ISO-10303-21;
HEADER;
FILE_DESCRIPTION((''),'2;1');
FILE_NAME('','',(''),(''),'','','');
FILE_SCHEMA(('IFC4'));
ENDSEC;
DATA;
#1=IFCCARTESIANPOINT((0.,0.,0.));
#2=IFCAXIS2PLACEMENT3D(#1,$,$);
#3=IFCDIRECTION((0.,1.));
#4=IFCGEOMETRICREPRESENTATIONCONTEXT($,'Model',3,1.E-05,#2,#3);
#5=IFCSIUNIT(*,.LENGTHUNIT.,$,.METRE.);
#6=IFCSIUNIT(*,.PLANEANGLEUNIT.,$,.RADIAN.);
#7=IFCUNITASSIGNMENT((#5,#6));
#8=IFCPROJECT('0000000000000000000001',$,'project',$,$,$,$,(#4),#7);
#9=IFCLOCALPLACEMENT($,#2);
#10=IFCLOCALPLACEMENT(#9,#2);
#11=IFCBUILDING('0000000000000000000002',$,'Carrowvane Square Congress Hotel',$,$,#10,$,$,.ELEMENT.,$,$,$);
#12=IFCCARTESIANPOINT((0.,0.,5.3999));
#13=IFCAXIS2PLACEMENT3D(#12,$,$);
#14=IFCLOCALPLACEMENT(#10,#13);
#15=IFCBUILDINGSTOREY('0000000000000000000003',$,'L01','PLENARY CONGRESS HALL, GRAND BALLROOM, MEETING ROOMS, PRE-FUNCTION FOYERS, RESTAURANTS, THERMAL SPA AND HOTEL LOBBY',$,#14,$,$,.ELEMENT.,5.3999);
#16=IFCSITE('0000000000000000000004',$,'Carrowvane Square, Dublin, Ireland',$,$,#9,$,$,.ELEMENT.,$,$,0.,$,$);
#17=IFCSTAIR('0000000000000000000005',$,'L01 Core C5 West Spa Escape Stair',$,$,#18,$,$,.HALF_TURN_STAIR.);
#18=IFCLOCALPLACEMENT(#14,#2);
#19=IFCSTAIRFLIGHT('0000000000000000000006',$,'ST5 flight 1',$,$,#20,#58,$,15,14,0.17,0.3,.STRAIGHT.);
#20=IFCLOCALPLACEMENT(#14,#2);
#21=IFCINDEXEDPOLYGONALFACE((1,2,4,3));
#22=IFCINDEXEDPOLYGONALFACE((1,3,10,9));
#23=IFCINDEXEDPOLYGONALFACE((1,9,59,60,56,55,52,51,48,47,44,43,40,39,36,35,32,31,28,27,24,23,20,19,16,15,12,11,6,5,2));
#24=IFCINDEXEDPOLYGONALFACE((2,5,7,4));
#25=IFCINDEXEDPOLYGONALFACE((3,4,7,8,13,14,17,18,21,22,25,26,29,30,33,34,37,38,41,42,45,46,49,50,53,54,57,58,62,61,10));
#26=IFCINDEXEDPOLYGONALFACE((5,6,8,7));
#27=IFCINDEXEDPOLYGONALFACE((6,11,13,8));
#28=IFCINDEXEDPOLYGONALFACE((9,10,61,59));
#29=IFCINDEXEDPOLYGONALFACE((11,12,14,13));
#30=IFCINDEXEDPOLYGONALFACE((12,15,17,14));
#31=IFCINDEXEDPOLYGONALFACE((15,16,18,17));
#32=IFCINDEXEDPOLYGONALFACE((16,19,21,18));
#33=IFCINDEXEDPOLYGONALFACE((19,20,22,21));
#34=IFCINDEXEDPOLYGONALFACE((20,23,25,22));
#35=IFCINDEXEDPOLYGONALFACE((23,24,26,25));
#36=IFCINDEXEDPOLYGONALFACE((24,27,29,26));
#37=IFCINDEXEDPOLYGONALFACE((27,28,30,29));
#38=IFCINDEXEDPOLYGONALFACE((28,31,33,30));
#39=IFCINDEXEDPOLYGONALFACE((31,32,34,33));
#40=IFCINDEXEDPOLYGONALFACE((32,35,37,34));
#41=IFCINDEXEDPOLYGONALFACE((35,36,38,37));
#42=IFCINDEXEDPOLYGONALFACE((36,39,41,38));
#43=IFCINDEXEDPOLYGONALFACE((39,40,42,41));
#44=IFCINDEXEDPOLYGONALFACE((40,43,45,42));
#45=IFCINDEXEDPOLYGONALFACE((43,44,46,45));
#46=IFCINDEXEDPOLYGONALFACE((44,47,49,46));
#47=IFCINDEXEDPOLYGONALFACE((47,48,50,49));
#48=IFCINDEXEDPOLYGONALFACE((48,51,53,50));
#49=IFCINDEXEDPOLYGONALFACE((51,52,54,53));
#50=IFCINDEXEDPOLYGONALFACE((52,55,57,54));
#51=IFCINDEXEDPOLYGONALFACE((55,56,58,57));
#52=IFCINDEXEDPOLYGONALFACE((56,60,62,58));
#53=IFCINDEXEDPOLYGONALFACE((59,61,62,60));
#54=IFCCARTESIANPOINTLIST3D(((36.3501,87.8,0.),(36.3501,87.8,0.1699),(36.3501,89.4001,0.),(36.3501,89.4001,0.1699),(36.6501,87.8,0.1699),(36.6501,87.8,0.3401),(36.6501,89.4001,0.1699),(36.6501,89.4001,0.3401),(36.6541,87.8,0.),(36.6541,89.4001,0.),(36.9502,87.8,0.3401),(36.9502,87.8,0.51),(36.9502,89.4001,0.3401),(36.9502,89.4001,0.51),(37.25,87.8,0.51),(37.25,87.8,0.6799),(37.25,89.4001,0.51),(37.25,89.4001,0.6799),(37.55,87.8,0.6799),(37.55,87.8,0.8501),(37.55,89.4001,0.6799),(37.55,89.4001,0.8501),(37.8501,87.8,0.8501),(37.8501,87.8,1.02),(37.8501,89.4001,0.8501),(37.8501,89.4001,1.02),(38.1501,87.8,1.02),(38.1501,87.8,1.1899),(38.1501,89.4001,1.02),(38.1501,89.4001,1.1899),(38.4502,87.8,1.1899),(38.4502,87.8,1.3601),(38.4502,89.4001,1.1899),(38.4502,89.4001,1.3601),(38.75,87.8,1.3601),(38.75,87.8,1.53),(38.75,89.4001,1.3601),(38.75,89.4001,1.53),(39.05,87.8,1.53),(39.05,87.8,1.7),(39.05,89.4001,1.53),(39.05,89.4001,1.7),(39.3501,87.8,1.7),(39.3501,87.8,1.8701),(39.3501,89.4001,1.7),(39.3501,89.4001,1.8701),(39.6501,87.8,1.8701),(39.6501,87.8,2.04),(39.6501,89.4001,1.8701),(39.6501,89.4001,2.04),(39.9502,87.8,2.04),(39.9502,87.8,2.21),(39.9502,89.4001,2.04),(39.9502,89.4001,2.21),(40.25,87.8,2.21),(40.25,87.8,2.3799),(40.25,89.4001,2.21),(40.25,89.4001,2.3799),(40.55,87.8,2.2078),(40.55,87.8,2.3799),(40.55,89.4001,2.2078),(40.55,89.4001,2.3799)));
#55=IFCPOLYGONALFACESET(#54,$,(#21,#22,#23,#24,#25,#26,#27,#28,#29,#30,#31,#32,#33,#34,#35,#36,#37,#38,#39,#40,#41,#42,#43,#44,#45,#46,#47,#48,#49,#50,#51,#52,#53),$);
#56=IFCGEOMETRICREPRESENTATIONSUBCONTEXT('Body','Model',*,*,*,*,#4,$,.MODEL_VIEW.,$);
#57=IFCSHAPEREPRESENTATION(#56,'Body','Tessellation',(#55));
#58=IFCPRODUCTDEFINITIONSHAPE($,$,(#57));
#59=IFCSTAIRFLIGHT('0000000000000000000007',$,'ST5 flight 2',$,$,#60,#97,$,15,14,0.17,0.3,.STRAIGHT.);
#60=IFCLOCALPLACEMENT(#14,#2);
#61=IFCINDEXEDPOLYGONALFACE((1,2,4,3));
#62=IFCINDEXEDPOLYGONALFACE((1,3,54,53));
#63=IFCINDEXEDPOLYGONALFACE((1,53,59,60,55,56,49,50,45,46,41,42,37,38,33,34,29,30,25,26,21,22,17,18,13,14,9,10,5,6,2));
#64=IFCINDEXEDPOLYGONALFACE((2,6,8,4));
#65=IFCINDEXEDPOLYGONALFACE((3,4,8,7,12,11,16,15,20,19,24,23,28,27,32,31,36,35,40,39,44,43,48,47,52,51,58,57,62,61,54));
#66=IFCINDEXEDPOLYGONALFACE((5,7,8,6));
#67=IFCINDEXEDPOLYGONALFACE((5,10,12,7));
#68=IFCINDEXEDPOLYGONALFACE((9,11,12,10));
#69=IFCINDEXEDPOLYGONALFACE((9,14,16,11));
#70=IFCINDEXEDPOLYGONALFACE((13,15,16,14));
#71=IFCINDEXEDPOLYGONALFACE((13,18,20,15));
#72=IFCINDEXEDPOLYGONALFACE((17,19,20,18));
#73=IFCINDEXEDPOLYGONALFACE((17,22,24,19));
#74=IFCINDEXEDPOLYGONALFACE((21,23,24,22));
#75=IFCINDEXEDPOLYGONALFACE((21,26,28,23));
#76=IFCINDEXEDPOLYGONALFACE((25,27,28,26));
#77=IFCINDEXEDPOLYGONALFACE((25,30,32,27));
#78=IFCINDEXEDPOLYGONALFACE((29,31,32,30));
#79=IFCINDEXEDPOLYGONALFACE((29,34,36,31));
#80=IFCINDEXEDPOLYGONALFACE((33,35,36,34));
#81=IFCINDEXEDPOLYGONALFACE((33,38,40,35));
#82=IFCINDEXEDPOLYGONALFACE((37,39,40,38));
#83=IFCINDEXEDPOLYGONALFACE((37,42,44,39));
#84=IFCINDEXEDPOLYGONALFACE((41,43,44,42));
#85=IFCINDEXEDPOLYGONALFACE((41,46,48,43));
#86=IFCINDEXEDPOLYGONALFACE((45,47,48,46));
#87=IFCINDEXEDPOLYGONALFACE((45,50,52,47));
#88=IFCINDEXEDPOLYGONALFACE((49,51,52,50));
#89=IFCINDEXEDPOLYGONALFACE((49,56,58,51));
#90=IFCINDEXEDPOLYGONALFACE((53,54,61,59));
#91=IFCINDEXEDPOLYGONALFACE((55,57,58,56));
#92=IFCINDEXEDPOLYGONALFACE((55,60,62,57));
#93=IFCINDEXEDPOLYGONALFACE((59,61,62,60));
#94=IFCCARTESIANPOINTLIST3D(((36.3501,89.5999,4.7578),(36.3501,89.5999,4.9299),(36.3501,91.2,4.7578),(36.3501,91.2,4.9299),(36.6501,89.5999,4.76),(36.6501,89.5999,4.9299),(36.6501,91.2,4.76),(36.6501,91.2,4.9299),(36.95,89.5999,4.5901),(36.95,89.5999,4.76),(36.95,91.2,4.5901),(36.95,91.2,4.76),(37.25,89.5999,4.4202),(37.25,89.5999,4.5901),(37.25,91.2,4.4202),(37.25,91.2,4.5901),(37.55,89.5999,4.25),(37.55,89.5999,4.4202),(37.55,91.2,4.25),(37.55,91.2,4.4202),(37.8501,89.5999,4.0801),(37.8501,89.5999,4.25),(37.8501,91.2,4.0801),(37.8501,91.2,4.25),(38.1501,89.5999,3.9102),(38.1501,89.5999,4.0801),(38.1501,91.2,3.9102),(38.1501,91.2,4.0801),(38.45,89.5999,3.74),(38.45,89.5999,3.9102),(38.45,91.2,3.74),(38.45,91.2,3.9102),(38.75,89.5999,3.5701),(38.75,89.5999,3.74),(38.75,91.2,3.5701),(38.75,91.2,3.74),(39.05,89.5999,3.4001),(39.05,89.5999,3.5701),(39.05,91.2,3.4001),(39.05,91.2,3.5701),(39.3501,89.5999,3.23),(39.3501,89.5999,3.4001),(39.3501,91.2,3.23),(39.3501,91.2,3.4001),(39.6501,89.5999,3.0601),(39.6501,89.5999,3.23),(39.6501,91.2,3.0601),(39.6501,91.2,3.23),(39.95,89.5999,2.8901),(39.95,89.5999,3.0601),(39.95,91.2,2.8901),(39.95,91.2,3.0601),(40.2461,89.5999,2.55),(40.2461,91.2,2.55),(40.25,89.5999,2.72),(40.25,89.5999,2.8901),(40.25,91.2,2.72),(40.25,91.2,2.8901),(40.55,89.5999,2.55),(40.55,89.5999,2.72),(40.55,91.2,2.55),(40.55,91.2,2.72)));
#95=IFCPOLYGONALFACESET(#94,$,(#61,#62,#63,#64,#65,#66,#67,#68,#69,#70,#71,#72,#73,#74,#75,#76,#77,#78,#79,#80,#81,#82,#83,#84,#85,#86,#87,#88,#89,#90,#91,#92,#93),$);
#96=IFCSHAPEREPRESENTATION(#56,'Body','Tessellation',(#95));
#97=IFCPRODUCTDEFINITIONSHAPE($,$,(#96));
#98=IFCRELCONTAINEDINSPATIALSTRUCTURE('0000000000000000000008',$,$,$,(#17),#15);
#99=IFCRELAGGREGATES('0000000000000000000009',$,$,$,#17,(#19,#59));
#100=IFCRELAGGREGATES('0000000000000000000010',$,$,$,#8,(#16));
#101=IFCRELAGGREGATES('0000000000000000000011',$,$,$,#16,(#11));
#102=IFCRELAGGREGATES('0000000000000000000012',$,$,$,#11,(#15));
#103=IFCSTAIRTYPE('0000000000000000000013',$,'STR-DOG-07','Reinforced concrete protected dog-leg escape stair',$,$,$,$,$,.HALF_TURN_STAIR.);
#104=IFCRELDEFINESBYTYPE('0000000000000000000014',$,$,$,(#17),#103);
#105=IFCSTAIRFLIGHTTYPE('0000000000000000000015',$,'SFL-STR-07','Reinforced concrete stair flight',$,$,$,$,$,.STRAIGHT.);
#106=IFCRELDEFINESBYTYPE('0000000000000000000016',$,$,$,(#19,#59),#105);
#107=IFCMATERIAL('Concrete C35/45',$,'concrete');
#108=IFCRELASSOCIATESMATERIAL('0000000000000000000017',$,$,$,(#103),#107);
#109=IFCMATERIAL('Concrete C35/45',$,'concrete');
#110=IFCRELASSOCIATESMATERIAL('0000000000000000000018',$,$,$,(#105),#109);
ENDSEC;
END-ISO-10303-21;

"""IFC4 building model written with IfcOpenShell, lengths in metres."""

from ifc_helpers import new_model, si_unit, direction, frame, origin, place, context, subcontext, project, spatial, polyline, outline, extrude, material, type_object, element, aggregate, save


model = new_model("IFC4")

# Units and contexts
model_context = context("Model", 3, precision=1e-05, world=origin(), true_north=direction((0.0, 1.0)))
body_context = subcontext(model_context, "Body", "Model", "MODEL_VIEW")
ifc_project = project(units=[si_unit("LENGTHUNIT", "METRE"), si_unit("PLANEANGLEUNIT", "RADIAN")], contexts=[model_context])

# Site, building, storey
site_placement = place(None, origin())
site = spatial("IfcSite", under=ifc_project, at=site_placement, Name="Carrowvane Square, Dublin, Ireland", CompositionType="ELEMENT", RefElevation=0.0)
building_placement = place(site_placement, origin())
building = spatial("IfcBuilding", under=site, at=building_placement, Name="Carrowvane Square Congress Hotel", CompositionType="ELEMENT")
storey_placement = place(building_placement, frame((0.0, 0.0, 5.3999)))
storey = spatial("IfcBuildingStorey", under=building, at=storey_placement, Name="L01", Description="PLENARY CONGRESS HALL, GRAND BALLROOM, MEETING ROOMS, PRE-FUNCTION FOYERS, RESTAURANTS, THERMAL SPA AND HOTEL LOBBY", CompositionType="ELEMENT", Elevation=5.3999)

# Stair, stair flights
ifc_material_1 = material(Name="Concrete C35/45", Category="concrete")
stair_type = type_object("IfcStairType", Name="STR-DOG-07", Description="Reinforced concrete protected dog-leg escape stair", PredefinedType="HALF_TURN_STAIR", material=ifc_material_1)
stair_placement = place(storey_placement, origin())
stair = element("IfcStair", 1, at=stair_placement, inside=storey, type_object=stair_type, Name="L01 Core C5 West Spa Escape Stair", PredefinedType="HALF_TURN_STAIR")
ifc_material_2 = material(Name="Concrete C35/45", Category="concrete")
stair_flight_type = type_object("IfcStairFlightType", Name="SFL-STR-07", Description="Reinforced concrete stair flight", PredefinedType="STRAIGHT", material=ifc_material_2)
stair_flight_1_placement = place(storey_placement, frame((36.3501, 88.6001, 0.0), z_axis=(0.0, 0.0, 1.0), x_axis=(1.0, 0.0, 0.0)))
stair_flight_1 = element("IfcStairFlight", 2, at=stair_flight_1_placement, type_object=stair_flight_type, Name="ST5 flight 1", NumberOfRisers=15, NumberOfTreads=14, PredefinedType="STRAIGHT", RiserHeight=0.17, TreadLength=0.3, context=body_context, shape_type="SweptSolid", body=[
    extrude(outline(polyline([(0.0, 0.0), (0.0, 0.1699), (0.3, 0.1699), (0.3, 0.3401), (0.6001, 0.3401), (0.6001, 0.51), (0.8999, 0.51), (0.8999, 0.6799), (1.2, 0.6799), (1.2, 0.8501), (1.5, 0.8501), (1.5, 1.02), (1.8, 1.02), (1.8, 1.1899), (2.1001, 1.1899), (2.1001, 1.3601), (2.3999, 1.3601), (2.3999, 1.53), (2.7, 1.53), (2.7, 1.7), (3.0, 1.7), (3.0, 1.8701), (3.3, 1.8701), (3.3, 2.04), (3.6001, 2.04), (3.6001, 2.21), (3.8999, 2.21), (3.8999, 2.3799), (4.2, 2.3799), (4.2, 2.55), (4.2, 2.2078), (0.304, 0.0), (0.0, 0.0)])), frame((0.0, 0.8, 0.0), z_axis=(0.0, -1.0, 0.0), x_axis=(1.0, 0.0, 0.0)), (0.0, 0.0, 1.0), 1.6001),
])
stair_flight_2_placement = place(storey_placement, frame((40.55, 90.3999, 2.55), z_axis=(0.0, 0.0, 1.0), x_axis=(-1.0, 0.0, 0.0)))
stair_flight_2 = element("IfcStairFlight", 3, at=stair_flight_2_placement, type_object=stair_flight_type, Name="ST5 flight 2", NumberOfRisers=15, NumberOfTreads=14, PredefinedType="STRAIGHT", RiserHeight=0.17, TreadLength=0.3, context=body_context, shape_type="SweptSolid", body=[
    extrude(outline(polyline([(0.0, 0.0), (0.0, 0.1699), (0.3, 0.1699), (0.3, 0.3401), (0.6001, 0.3401), (0.6001, 0.51), (0.8999, 0.51), (0.8999, 0.6799), (1.2, 0.6799), (1.2, 0.8501), (1.5, 0.8501), (1.5, 1.02), (1.8, 1.02), (1.8, 1.1899), (2.1001, 1.1899), (2.1001, 1.3601), (2.3999, 1.3601), (2.3999, 1.53), (2.7, 1.53), (2.7, 1.7), (3.0, 1.7), (3.0, 1.8701), (3.3, 1.8701), (3.3, 2.04), (3.6001, 2.04), (3.6001, 2.21), (3.8999, 2.21), (3.8999, 2.3799), (4.2, 2.3799), (4.2, 2.55), (4.2, 2.2078), (0.304, 0.0), (0.0, 0.0)])), frame((0.0, 0.8, 0.0), z_axis=(0.0, -1.0, 0.0), x_axis=(1.0, 0.0, 0.0)), (0.0, 0.0, 1.0), 1.6001),
])
aggregate(stair, [stair_flight_1, stair_flight_2])

save(model, "model.ifc")
